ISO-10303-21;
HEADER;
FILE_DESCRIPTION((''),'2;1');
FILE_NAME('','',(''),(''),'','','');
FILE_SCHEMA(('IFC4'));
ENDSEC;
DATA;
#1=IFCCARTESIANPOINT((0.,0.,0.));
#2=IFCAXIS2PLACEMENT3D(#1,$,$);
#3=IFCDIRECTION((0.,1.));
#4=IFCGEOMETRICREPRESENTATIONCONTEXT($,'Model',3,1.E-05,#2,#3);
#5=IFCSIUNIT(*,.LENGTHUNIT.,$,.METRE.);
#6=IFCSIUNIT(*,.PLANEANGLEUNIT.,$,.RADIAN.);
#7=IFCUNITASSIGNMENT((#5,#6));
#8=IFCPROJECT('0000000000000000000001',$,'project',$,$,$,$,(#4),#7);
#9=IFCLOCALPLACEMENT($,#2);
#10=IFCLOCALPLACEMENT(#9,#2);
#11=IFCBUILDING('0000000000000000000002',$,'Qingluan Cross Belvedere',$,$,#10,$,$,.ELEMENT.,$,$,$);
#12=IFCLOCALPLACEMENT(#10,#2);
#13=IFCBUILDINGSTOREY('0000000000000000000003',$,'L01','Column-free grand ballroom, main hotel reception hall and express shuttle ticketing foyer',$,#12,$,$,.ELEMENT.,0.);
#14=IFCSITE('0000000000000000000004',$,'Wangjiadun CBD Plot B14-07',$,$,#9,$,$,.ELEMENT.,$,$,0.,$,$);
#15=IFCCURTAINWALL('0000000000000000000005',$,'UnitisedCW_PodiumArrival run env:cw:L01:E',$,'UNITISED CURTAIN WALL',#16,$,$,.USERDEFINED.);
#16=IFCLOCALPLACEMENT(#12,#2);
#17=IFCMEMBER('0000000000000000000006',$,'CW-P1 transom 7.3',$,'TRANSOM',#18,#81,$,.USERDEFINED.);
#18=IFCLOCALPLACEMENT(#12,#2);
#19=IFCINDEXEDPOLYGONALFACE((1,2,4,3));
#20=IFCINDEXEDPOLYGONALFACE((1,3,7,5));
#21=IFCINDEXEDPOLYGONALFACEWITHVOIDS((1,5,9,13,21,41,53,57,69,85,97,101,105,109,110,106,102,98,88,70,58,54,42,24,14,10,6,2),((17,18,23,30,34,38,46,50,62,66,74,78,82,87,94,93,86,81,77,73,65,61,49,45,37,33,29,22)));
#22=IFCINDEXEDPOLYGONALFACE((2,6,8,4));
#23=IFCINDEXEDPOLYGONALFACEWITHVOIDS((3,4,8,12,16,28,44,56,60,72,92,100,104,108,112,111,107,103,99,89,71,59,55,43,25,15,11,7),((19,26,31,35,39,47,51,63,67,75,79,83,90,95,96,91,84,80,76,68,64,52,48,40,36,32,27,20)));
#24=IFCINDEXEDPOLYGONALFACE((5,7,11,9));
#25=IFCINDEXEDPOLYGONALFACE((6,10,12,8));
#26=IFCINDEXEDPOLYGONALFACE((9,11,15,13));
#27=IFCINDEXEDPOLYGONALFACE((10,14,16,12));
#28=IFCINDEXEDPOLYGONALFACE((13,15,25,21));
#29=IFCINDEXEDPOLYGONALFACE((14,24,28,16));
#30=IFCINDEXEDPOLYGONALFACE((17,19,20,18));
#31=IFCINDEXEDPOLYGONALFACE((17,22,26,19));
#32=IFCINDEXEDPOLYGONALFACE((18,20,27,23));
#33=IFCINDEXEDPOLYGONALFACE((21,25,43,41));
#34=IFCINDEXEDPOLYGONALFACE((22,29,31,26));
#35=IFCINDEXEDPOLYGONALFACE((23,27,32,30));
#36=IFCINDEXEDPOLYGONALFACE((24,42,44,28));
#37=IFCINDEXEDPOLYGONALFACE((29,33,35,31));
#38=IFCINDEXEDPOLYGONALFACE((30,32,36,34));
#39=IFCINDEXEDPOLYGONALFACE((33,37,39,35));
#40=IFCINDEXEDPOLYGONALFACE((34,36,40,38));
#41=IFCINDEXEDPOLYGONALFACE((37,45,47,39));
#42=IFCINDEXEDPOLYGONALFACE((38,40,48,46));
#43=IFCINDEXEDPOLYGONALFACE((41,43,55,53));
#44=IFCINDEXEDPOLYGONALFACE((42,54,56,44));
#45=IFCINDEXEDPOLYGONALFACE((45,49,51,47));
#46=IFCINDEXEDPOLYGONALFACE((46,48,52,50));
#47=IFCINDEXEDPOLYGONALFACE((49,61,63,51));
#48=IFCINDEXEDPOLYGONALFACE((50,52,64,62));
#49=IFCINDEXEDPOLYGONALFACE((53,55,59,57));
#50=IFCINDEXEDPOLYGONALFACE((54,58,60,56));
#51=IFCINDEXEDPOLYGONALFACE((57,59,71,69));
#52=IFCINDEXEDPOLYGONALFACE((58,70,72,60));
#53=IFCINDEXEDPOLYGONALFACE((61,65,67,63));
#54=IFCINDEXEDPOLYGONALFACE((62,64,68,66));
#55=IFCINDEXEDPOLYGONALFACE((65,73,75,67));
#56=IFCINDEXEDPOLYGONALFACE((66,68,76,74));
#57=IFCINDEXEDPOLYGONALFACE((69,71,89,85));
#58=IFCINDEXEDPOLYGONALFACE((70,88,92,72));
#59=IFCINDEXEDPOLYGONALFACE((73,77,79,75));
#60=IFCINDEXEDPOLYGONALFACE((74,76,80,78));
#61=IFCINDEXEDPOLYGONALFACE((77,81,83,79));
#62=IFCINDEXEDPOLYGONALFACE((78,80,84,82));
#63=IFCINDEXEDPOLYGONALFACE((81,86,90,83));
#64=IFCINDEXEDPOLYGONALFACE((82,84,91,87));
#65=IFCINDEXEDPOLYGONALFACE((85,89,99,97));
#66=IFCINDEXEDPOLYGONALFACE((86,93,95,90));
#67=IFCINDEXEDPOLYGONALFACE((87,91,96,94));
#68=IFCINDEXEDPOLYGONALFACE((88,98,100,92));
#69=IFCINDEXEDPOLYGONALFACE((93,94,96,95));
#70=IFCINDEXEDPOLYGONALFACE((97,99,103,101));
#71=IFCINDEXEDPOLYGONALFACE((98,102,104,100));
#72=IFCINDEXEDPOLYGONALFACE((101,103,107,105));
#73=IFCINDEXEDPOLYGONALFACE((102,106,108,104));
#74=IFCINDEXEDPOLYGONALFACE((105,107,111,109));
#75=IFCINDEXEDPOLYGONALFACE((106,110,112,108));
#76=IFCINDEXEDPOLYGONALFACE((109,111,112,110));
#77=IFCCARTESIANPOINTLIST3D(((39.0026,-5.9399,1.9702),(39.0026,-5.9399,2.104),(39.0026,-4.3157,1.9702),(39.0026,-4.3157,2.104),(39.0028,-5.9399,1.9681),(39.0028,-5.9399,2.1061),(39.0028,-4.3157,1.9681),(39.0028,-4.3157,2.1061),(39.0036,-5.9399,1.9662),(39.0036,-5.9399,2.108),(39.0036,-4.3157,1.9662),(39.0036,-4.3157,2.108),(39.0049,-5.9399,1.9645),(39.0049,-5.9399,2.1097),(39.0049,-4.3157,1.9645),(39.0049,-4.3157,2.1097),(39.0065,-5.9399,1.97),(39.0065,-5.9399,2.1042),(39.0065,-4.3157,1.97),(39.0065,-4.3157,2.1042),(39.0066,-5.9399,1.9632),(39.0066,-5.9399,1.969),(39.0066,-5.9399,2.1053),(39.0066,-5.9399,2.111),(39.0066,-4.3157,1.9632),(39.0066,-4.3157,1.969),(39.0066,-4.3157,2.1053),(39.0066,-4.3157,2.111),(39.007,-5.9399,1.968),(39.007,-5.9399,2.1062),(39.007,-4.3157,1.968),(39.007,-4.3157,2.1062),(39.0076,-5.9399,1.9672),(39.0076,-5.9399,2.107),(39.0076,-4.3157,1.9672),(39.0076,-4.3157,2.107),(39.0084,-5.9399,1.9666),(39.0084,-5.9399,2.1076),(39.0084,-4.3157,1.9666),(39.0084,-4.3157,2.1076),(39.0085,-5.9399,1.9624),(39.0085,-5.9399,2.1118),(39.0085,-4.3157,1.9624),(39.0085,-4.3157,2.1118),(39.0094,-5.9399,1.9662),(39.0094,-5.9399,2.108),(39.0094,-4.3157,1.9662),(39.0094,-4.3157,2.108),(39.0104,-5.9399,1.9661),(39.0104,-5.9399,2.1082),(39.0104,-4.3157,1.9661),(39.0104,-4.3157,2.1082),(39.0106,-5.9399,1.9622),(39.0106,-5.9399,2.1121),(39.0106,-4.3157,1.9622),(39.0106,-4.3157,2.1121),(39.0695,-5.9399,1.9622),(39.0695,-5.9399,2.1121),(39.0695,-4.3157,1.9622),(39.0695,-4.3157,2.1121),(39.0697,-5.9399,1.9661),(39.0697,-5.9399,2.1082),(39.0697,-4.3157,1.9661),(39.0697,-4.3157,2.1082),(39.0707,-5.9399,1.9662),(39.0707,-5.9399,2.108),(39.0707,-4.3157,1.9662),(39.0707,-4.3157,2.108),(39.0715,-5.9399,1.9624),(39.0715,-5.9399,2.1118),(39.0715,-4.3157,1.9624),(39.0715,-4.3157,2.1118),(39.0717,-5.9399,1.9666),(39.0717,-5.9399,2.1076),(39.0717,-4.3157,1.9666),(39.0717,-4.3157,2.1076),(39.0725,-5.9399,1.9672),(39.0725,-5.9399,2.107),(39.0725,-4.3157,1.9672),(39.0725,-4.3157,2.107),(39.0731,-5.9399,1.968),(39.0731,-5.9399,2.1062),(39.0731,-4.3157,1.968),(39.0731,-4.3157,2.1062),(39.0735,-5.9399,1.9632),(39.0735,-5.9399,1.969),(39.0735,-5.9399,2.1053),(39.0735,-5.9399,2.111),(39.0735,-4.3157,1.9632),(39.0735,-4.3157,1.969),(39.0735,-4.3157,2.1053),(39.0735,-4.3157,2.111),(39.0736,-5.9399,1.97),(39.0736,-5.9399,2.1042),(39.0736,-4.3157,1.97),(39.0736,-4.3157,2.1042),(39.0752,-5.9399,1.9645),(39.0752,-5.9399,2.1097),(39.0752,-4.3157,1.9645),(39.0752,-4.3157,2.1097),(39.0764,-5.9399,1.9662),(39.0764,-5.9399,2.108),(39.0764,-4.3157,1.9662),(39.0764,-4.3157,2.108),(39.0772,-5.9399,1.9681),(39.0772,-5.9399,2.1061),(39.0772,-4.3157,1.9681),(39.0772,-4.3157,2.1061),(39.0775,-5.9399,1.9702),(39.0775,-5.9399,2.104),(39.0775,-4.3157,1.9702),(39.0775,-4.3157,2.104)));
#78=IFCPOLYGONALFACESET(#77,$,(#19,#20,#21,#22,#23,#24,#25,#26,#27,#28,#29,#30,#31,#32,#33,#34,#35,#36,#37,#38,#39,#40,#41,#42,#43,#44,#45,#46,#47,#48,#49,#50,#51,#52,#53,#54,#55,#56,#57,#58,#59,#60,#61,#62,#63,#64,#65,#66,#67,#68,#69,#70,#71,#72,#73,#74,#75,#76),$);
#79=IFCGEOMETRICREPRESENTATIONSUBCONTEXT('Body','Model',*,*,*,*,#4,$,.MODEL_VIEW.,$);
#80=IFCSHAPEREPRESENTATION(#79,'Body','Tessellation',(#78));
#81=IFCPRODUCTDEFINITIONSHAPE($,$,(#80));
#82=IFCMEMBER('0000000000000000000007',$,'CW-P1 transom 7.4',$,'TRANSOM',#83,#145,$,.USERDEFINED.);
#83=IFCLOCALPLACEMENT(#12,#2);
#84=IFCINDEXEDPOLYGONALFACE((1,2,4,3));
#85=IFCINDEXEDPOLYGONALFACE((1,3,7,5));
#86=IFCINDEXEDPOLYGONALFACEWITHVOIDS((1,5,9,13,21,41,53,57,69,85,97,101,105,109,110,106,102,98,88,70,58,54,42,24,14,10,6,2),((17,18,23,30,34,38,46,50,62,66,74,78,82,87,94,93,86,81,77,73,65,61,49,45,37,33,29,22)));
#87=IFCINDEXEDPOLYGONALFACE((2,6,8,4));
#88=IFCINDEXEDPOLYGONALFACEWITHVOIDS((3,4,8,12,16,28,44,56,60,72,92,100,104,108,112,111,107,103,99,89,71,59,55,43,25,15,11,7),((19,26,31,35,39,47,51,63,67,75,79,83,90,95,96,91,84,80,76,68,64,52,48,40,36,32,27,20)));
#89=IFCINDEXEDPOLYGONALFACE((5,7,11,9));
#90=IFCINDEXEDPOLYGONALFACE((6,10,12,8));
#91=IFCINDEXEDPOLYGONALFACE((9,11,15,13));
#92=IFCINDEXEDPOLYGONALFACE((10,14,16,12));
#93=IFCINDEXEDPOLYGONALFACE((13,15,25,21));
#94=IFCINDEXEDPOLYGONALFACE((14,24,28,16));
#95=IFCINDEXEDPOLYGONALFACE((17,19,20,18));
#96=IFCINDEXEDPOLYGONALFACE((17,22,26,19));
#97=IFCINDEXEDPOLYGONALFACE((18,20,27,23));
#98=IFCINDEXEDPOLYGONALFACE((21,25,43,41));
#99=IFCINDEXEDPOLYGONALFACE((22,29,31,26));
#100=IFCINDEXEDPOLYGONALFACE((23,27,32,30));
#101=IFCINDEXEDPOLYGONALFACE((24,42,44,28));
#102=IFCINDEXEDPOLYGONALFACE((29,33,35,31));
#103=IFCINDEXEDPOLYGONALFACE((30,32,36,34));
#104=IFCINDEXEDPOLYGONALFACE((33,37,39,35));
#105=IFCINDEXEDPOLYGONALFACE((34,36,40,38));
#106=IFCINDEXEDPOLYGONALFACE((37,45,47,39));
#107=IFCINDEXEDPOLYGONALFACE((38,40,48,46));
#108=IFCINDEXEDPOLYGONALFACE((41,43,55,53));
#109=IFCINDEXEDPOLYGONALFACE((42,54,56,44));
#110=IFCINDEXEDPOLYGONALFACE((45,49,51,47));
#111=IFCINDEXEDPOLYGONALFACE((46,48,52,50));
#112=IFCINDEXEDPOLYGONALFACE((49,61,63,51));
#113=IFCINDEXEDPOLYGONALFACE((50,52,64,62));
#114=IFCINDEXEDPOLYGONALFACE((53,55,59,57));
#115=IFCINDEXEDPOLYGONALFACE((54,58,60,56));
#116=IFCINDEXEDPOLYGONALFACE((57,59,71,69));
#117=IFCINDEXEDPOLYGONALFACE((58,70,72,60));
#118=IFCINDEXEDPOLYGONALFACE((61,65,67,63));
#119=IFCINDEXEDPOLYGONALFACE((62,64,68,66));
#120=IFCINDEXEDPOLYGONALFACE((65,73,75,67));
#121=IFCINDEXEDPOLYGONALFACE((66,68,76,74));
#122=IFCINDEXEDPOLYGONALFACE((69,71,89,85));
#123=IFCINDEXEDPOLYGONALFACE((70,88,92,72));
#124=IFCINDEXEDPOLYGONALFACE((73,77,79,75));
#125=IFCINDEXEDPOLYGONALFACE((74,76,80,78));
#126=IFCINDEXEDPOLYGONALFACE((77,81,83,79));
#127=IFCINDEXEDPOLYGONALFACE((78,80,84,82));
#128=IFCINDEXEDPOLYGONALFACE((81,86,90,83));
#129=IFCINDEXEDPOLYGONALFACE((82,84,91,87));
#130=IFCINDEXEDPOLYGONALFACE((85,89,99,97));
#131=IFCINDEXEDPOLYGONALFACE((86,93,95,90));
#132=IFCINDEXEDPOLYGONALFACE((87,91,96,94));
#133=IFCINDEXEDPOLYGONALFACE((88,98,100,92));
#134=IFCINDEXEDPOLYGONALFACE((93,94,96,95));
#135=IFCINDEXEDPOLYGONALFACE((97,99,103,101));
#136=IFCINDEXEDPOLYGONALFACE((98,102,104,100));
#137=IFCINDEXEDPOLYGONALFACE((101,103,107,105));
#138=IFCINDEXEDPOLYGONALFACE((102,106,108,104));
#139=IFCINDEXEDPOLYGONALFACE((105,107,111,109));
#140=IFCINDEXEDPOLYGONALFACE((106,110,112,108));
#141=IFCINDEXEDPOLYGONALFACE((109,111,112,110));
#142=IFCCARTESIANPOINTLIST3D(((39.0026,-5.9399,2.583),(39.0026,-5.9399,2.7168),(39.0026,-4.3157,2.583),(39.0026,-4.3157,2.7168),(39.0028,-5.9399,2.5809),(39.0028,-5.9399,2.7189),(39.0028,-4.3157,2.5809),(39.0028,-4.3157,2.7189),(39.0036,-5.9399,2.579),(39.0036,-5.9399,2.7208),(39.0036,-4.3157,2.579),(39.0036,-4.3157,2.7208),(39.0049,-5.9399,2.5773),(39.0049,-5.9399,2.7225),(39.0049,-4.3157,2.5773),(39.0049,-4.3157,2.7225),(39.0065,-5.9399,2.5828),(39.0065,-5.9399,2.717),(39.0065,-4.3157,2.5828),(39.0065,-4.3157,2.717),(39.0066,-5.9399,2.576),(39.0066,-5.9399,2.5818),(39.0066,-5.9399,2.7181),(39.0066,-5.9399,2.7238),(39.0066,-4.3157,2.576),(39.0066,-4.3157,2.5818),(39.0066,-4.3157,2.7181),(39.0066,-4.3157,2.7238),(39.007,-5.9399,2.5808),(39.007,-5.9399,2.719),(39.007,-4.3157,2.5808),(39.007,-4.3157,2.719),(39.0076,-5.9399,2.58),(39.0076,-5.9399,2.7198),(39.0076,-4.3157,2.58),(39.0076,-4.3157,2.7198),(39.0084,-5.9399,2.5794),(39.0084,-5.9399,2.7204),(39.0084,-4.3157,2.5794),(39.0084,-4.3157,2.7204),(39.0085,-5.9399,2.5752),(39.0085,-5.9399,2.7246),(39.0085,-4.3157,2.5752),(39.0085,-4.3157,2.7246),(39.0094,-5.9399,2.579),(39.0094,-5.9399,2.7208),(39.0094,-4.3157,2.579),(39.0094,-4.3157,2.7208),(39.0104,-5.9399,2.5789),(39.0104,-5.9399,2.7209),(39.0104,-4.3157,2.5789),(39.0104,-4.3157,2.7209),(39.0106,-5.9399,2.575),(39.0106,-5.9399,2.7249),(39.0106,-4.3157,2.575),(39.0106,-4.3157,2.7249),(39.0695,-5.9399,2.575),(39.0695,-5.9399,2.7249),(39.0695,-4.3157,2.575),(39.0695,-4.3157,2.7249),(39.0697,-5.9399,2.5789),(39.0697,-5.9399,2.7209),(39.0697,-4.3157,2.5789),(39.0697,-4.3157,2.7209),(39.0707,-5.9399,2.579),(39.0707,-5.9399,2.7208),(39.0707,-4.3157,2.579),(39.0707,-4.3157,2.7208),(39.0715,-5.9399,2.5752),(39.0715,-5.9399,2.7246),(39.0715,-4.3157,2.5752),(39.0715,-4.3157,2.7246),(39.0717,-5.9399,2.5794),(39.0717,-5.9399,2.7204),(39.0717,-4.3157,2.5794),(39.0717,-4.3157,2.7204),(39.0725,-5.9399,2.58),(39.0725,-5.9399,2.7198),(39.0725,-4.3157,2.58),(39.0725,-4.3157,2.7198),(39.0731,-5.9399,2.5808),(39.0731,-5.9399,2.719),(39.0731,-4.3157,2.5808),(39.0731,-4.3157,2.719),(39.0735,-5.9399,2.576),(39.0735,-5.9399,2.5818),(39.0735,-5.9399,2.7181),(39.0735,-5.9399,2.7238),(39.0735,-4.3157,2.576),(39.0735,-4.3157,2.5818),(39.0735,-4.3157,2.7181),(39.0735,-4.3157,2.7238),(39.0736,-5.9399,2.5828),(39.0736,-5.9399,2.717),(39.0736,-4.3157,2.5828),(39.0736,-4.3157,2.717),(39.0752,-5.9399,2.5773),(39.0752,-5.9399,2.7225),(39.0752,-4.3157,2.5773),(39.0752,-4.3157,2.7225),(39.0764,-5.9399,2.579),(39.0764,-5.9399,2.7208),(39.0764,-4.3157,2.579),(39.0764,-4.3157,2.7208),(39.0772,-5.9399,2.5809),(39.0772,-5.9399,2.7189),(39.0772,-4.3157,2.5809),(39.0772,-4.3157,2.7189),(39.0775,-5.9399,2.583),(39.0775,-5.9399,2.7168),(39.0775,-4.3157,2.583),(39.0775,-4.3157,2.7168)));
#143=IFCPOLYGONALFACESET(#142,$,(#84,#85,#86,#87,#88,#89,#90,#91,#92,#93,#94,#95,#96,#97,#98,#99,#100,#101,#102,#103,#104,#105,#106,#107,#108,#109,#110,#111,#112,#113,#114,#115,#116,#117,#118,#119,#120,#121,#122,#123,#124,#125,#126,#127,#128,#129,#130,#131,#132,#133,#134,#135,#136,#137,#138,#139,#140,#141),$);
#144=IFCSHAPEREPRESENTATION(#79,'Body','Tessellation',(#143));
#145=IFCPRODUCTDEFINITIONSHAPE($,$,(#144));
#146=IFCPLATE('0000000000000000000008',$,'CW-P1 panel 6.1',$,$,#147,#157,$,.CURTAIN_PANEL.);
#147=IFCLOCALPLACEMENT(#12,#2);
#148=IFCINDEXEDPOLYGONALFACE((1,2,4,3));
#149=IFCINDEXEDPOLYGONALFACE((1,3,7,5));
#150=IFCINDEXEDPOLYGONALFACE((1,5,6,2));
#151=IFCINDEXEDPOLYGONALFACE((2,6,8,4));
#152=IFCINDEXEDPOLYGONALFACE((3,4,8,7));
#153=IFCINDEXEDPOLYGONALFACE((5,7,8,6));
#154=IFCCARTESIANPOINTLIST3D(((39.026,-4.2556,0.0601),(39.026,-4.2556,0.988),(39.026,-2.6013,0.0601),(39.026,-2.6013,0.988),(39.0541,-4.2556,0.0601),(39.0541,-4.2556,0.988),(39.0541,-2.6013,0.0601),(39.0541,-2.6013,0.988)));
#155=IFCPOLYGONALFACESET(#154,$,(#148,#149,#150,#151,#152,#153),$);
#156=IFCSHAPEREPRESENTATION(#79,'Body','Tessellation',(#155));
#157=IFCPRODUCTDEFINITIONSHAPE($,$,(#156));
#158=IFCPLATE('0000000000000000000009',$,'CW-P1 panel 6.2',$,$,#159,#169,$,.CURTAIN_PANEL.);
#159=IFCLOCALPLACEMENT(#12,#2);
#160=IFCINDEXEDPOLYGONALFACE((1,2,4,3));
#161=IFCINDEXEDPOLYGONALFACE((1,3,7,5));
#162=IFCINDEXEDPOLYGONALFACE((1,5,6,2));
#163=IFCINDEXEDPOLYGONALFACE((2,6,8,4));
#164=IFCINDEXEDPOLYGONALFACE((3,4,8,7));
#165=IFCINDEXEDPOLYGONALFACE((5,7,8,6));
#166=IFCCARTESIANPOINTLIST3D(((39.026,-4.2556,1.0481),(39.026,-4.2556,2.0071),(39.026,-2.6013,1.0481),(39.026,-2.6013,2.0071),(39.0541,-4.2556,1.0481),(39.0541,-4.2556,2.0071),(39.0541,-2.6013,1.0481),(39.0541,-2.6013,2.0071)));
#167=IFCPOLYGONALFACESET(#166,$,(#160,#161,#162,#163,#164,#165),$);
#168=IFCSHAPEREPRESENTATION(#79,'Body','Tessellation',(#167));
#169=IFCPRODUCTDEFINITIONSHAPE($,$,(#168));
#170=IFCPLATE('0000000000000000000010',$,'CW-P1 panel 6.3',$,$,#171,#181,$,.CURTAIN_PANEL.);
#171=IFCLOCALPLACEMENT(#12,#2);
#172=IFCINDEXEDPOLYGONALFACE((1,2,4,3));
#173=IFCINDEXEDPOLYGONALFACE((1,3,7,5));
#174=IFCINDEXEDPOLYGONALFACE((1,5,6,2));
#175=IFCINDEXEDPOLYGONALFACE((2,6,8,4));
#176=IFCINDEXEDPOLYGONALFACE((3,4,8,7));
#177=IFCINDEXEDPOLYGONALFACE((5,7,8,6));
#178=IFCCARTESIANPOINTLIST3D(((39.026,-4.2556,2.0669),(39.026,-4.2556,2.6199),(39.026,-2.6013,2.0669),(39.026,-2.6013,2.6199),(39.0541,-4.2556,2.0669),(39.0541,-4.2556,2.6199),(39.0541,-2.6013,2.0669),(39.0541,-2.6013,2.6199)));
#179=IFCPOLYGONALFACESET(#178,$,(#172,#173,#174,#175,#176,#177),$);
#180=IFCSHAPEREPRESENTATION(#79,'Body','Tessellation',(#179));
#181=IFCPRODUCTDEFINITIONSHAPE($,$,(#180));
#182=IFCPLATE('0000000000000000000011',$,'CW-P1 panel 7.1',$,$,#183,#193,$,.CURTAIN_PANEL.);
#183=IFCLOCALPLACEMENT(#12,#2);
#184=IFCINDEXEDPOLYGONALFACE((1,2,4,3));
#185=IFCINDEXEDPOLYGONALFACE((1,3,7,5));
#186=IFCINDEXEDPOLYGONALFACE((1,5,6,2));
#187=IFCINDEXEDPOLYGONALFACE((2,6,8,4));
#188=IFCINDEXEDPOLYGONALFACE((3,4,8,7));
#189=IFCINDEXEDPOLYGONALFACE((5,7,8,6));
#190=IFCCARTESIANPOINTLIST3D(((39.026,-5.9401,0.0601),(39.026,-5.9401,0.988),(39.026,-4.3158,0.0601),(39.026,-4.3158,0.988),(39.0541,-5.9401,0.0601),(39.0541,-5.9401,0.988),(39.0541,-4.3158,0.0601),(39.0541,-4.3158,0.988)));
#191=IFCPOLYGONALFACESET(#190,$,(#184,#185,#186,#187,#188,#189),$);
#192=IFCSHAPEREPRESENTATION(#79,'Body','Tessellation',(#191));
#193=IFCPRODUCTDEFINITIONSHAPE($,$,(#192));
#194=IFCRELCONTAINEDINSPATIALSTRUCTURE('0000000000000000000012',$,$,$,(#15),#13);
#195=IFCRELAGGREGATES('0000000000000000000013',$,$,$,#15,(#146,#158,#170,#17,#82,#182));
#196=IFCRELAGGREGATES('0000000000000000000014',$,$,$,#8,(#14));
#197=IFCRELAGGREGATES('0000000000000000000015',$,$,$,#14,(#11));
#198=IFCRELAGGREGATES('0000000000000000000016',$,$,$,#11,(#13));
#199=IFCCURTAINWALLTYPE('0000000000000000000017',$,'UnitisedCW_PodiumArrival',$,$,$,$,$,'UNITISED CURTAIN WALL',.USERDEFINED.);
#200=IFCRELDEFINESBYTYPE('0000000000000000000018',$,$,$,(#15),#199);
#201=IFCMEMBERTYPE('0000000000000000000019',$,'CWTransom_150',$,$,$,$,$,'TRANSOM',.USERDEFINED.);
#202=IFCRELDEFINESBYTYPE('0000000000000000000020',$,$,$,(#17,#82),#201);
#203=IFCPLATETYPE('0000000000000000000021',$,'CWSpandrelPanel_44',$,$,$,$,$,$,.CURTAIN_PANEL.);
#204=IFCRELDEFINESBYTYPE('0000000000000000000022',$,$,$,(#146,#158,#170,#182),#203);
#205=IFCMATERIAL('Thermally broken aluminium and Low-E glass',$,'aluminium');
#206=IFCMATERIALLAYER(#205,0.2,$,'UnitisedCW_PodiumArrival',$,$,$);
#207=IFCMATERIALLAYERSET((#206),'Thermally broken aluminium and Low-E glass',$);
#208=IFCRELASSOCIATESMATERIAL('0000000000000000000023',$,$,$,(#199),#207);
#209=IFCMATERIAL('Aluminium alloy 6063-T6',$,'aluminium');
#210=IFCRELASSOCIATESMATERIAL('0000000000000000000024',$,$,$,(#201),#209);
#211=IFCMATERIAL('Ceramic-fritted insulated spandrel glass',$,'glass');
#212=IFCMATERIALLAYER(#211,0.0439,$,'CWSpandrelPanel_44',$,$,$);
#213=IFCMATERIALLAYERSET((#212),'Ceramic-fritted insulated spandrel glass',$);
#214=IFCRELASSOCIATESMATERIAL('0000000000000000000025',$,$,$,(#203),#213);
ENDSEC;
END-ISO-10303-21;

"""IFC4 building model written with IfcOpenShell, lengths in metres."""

from ifc_helpers import new_model, si_unit, direction, frame, origin, origin_2d, place, context, subcontext, project, spatial, rectangle, hollow_rectangle, extrude, material, layer, layer_set, material_profile, profile_set, type_object, element, aggregate, save


model = new_model("IFC4")

# Units and contexts
model_context = context("Model", 3, precision=1e-05, world=origin(), true_north=direction((0.0, 1.0)))
body_context = subcontext(model_context, "Body", "Model", "MODEL_VIEW")
ifc_project = project(units=[si_unit("LENGTHUNIT", "METRE"), si_unit("PLANEANGLEUNIT", "RADIAN")], contexts=[model_context])

# Site, building, storey
site_placement = place(None, origin())
site = spatial("IfcSite", under=ifc_project, at=site_placement, Name="Wangjiadun CBD Plot B14-07", CompositionType="ELEMENT", RefElevation=0.0)
building_placement = place(site_placement, origin())
building = spatial("IfcBuilding", under=site, at=building_placement, Name="Qingluan Cross Belvedere", CompositionType="ELEMENT")
storey_placement = place(building_placement, origin())
storey = spatial("IfcBuildingStorey", under=building, at=storey_placement, Name="L01", Description="Column-free grand ballroom, main hotel reception hall and express shuttle ticketing foyer", CompositionType="ELEMENT", Elevation=0.0)

# Curtain wall, members, plates
ifc_material_1 = material(Name="Thermally broken aluminium and Low-E glass", Category="aluminium")
ifc_layer_1 = layer(ifc_material_1, 0.2, Name="UnitisedCW_PodiumArrival")
ifc_layer_set_1 = layer_set([ifc_layer_1], Name="Thermally broken aluminium and Low-E glass")
curtain_wall_type = type_object("IfcCurtainWallType", Name="UnitisedCW_PodiumArrival", ElementType="UNITISED CURTAIN WALL", PredefinedType="USERDEFINED", material=ifc_layer_set_1)
curtain_wall_placement = place(storey_placement, origin())
curtain_wall = element("IfcCurtainWall", 1, at=curtain_wall_placement, inside=storey, type_object=curtain_wall_type, Name="UnitisedCW_PodiumArrival run env:cw:L01:E", ObjectType="UNITISED CURTAIN WALL", PredefinedType="USERDEFINED")
ifc_material_2 = material(Name="Aluminium alloy 6063-T6", Category="aluminium")
ifc_material_profile_1 = material_profile(ifc_material_2, hollow_rectangle(XDim=0.075, YDim=0.1499, WallThickness=0.0039, InnerFilletRadius=0.0039, OuterFilletRadius=0.0081, at=origin_2d()), Name="CWT150x75x4")
ifc_profile_set_1 = profile_set([ifc_material_profile_1], Name="Aluminium alloy 6063-T6")
member_type_1 = type_object("IfcMemberType", Name="CWTransom_150", ElementType="TRANSOM", PredefinedType="USERDEFINED", material=ifc_profile_set_1)
member_1_placement = place(storey_placement, frame((39.04, -4.3157, 2.0371), z_axis=(0.0, -1.0, 0.0), x_axis=(1.0, 0.0, 0.0)))
member_1 = element("IfcMember", 2, at=member_1_placement, type_object=member_type_1, Name="CW-P1 transom 7.3", ObjectType="TRANSOM", PredefinedType="USERDEFINED", context=body_context, shape_type="SweptSolid", body=[
    extrude(hollow_rectangle(XDim=0.075, YDim=0.1499, WallThickness=0.0039, InnerFilletRadius=0.0039, OuterFilletRadius=0.0081, at=origin_2d()), origin(), (0.0, 0.0, 1.0), 1.6243),
])
member_2_placement = place(storey_placement, frame((39.04, -4.3157, 2.6499), z_axis=(0.0, -1.0, 0.0), x_axis=(1.0, 0.0, 0.0)))
member_2 = element("IfcMember", 3, at=member_2_placement, type_object=member_type_1, Name="CW-P1 transom 7.4", ObjectType="TRANSOM", PredefinedType="USERDEFINED", context=body_context, shape_type="SweptSolid", body=[
    extrude(hollow_rectangle(XDim=0.075, YDim=0.1499, WallThickness=0.0039, InnerFilletRadius=0.0039, OuterFilletRadius=0.0081, at=origin_2d()), origin(), (0.0, 0.0, 1.0), 1.6243),
])
ifc_material_3 = material(Name="Ceramic-fritted insulated spandrel glass", Category="glass")
ifc_layer_2 = layer(ifc_material_3, 0.0439, Name="CWSpandrelPanel_44")
ifc_layer_set_2 = layer_set([ifc_layer_2], Name="Ceramic-fritted insulated spandrel glass")
plate_type = type_object("IfcPlateType", Name="CWSpandrelPanel_44", PredefinedType="CURTAIN_PANEL", material=ifc_layer_set_2)
plate_1_placement = place(storey_placement, frame((39.04, -3.4285, 0.0601), z_axis=(0.0, 0.0, 1.0), x_axis=(0.0, -1.0, 0.0)))
plate_1 = element("IfcPlate", 4, at=plate_1_placement, type_object=plate_type, Name="CW-P1 panel 6.1", PredefinedType="CURTAIN_PANEL", context=body_context, shape_type="SweptSolid", body=[
    extrude(rectangle(XDim=1.6543, YDim=0.0281, at=origin_2d()), origin(), (0.0, 0.0, 1.0), 0.928),
])
plate_2_placement = place(storey_placement, frame((39.04, -3.4285, 1.0481), z_axis=(0.0, 0.0, 1.0), x_axis=(0.0, -1.0, 0.0)))
plate_2 = element("IfcPlate", 5, at=plate_2_placement, type_object=plate_type, Name="CW-P1 panel 6.2", PredefinedType="CURTAIN_PANEL", context=body_context, shape_type="SweptSolid", body=[
    extrude(rectangle(XDim=1.6543, YDim=0.0281, at=origin_2d()), origin(), (0.0, 0.0, 1.0), 0.959),
])
plate_3_placement = place(storey_placement, frame((39.04, -3.4285, 2.0669), z_axis=(0.0, 0.0, 1.0), x_axis=(0.0, -1.0, 0.0)))
plate_3 = element("IfcPlate", 6, at=plate_3_placement, type_object=plate_type, Name="CW-P1 panel 6.3", PredefinedType="CURTAIN_PANEL", context=body_context, shape_type="SweptSolid", body=[
    extrude(rectangle(XDim=1.6543, YDim=0.0281, at=origin_2d()), origin(), (0.0, 0.0, 1.0), 0.553),
])
plate_4_placement = place(storey_placement, frame((39.04, -5.1279, 0.0601), z_axis=(0.0, 0.0, 1.0), x_axis=(0.0, -1.0, 0.0)))
plate_4 = element("IfcPlate", 7, at=plate_4_placement, type_object=plate_type, Name="CW-P1 panel 7.1", PredefinedType="CURTAIN_PANEL", context=body_context, shape_type="SweptSolid", body=[
    extrude(rectangle(XDim=1.6243, YDim=0.0281, at=origin_2d()), origin(), (0.0, 0.0, 1.0), 0.928),
])
aggregate(curtain_wall, [plate_1, plate_2, plate_3, member_1, member_2, plate_4])

save(model, "model.ifc")
